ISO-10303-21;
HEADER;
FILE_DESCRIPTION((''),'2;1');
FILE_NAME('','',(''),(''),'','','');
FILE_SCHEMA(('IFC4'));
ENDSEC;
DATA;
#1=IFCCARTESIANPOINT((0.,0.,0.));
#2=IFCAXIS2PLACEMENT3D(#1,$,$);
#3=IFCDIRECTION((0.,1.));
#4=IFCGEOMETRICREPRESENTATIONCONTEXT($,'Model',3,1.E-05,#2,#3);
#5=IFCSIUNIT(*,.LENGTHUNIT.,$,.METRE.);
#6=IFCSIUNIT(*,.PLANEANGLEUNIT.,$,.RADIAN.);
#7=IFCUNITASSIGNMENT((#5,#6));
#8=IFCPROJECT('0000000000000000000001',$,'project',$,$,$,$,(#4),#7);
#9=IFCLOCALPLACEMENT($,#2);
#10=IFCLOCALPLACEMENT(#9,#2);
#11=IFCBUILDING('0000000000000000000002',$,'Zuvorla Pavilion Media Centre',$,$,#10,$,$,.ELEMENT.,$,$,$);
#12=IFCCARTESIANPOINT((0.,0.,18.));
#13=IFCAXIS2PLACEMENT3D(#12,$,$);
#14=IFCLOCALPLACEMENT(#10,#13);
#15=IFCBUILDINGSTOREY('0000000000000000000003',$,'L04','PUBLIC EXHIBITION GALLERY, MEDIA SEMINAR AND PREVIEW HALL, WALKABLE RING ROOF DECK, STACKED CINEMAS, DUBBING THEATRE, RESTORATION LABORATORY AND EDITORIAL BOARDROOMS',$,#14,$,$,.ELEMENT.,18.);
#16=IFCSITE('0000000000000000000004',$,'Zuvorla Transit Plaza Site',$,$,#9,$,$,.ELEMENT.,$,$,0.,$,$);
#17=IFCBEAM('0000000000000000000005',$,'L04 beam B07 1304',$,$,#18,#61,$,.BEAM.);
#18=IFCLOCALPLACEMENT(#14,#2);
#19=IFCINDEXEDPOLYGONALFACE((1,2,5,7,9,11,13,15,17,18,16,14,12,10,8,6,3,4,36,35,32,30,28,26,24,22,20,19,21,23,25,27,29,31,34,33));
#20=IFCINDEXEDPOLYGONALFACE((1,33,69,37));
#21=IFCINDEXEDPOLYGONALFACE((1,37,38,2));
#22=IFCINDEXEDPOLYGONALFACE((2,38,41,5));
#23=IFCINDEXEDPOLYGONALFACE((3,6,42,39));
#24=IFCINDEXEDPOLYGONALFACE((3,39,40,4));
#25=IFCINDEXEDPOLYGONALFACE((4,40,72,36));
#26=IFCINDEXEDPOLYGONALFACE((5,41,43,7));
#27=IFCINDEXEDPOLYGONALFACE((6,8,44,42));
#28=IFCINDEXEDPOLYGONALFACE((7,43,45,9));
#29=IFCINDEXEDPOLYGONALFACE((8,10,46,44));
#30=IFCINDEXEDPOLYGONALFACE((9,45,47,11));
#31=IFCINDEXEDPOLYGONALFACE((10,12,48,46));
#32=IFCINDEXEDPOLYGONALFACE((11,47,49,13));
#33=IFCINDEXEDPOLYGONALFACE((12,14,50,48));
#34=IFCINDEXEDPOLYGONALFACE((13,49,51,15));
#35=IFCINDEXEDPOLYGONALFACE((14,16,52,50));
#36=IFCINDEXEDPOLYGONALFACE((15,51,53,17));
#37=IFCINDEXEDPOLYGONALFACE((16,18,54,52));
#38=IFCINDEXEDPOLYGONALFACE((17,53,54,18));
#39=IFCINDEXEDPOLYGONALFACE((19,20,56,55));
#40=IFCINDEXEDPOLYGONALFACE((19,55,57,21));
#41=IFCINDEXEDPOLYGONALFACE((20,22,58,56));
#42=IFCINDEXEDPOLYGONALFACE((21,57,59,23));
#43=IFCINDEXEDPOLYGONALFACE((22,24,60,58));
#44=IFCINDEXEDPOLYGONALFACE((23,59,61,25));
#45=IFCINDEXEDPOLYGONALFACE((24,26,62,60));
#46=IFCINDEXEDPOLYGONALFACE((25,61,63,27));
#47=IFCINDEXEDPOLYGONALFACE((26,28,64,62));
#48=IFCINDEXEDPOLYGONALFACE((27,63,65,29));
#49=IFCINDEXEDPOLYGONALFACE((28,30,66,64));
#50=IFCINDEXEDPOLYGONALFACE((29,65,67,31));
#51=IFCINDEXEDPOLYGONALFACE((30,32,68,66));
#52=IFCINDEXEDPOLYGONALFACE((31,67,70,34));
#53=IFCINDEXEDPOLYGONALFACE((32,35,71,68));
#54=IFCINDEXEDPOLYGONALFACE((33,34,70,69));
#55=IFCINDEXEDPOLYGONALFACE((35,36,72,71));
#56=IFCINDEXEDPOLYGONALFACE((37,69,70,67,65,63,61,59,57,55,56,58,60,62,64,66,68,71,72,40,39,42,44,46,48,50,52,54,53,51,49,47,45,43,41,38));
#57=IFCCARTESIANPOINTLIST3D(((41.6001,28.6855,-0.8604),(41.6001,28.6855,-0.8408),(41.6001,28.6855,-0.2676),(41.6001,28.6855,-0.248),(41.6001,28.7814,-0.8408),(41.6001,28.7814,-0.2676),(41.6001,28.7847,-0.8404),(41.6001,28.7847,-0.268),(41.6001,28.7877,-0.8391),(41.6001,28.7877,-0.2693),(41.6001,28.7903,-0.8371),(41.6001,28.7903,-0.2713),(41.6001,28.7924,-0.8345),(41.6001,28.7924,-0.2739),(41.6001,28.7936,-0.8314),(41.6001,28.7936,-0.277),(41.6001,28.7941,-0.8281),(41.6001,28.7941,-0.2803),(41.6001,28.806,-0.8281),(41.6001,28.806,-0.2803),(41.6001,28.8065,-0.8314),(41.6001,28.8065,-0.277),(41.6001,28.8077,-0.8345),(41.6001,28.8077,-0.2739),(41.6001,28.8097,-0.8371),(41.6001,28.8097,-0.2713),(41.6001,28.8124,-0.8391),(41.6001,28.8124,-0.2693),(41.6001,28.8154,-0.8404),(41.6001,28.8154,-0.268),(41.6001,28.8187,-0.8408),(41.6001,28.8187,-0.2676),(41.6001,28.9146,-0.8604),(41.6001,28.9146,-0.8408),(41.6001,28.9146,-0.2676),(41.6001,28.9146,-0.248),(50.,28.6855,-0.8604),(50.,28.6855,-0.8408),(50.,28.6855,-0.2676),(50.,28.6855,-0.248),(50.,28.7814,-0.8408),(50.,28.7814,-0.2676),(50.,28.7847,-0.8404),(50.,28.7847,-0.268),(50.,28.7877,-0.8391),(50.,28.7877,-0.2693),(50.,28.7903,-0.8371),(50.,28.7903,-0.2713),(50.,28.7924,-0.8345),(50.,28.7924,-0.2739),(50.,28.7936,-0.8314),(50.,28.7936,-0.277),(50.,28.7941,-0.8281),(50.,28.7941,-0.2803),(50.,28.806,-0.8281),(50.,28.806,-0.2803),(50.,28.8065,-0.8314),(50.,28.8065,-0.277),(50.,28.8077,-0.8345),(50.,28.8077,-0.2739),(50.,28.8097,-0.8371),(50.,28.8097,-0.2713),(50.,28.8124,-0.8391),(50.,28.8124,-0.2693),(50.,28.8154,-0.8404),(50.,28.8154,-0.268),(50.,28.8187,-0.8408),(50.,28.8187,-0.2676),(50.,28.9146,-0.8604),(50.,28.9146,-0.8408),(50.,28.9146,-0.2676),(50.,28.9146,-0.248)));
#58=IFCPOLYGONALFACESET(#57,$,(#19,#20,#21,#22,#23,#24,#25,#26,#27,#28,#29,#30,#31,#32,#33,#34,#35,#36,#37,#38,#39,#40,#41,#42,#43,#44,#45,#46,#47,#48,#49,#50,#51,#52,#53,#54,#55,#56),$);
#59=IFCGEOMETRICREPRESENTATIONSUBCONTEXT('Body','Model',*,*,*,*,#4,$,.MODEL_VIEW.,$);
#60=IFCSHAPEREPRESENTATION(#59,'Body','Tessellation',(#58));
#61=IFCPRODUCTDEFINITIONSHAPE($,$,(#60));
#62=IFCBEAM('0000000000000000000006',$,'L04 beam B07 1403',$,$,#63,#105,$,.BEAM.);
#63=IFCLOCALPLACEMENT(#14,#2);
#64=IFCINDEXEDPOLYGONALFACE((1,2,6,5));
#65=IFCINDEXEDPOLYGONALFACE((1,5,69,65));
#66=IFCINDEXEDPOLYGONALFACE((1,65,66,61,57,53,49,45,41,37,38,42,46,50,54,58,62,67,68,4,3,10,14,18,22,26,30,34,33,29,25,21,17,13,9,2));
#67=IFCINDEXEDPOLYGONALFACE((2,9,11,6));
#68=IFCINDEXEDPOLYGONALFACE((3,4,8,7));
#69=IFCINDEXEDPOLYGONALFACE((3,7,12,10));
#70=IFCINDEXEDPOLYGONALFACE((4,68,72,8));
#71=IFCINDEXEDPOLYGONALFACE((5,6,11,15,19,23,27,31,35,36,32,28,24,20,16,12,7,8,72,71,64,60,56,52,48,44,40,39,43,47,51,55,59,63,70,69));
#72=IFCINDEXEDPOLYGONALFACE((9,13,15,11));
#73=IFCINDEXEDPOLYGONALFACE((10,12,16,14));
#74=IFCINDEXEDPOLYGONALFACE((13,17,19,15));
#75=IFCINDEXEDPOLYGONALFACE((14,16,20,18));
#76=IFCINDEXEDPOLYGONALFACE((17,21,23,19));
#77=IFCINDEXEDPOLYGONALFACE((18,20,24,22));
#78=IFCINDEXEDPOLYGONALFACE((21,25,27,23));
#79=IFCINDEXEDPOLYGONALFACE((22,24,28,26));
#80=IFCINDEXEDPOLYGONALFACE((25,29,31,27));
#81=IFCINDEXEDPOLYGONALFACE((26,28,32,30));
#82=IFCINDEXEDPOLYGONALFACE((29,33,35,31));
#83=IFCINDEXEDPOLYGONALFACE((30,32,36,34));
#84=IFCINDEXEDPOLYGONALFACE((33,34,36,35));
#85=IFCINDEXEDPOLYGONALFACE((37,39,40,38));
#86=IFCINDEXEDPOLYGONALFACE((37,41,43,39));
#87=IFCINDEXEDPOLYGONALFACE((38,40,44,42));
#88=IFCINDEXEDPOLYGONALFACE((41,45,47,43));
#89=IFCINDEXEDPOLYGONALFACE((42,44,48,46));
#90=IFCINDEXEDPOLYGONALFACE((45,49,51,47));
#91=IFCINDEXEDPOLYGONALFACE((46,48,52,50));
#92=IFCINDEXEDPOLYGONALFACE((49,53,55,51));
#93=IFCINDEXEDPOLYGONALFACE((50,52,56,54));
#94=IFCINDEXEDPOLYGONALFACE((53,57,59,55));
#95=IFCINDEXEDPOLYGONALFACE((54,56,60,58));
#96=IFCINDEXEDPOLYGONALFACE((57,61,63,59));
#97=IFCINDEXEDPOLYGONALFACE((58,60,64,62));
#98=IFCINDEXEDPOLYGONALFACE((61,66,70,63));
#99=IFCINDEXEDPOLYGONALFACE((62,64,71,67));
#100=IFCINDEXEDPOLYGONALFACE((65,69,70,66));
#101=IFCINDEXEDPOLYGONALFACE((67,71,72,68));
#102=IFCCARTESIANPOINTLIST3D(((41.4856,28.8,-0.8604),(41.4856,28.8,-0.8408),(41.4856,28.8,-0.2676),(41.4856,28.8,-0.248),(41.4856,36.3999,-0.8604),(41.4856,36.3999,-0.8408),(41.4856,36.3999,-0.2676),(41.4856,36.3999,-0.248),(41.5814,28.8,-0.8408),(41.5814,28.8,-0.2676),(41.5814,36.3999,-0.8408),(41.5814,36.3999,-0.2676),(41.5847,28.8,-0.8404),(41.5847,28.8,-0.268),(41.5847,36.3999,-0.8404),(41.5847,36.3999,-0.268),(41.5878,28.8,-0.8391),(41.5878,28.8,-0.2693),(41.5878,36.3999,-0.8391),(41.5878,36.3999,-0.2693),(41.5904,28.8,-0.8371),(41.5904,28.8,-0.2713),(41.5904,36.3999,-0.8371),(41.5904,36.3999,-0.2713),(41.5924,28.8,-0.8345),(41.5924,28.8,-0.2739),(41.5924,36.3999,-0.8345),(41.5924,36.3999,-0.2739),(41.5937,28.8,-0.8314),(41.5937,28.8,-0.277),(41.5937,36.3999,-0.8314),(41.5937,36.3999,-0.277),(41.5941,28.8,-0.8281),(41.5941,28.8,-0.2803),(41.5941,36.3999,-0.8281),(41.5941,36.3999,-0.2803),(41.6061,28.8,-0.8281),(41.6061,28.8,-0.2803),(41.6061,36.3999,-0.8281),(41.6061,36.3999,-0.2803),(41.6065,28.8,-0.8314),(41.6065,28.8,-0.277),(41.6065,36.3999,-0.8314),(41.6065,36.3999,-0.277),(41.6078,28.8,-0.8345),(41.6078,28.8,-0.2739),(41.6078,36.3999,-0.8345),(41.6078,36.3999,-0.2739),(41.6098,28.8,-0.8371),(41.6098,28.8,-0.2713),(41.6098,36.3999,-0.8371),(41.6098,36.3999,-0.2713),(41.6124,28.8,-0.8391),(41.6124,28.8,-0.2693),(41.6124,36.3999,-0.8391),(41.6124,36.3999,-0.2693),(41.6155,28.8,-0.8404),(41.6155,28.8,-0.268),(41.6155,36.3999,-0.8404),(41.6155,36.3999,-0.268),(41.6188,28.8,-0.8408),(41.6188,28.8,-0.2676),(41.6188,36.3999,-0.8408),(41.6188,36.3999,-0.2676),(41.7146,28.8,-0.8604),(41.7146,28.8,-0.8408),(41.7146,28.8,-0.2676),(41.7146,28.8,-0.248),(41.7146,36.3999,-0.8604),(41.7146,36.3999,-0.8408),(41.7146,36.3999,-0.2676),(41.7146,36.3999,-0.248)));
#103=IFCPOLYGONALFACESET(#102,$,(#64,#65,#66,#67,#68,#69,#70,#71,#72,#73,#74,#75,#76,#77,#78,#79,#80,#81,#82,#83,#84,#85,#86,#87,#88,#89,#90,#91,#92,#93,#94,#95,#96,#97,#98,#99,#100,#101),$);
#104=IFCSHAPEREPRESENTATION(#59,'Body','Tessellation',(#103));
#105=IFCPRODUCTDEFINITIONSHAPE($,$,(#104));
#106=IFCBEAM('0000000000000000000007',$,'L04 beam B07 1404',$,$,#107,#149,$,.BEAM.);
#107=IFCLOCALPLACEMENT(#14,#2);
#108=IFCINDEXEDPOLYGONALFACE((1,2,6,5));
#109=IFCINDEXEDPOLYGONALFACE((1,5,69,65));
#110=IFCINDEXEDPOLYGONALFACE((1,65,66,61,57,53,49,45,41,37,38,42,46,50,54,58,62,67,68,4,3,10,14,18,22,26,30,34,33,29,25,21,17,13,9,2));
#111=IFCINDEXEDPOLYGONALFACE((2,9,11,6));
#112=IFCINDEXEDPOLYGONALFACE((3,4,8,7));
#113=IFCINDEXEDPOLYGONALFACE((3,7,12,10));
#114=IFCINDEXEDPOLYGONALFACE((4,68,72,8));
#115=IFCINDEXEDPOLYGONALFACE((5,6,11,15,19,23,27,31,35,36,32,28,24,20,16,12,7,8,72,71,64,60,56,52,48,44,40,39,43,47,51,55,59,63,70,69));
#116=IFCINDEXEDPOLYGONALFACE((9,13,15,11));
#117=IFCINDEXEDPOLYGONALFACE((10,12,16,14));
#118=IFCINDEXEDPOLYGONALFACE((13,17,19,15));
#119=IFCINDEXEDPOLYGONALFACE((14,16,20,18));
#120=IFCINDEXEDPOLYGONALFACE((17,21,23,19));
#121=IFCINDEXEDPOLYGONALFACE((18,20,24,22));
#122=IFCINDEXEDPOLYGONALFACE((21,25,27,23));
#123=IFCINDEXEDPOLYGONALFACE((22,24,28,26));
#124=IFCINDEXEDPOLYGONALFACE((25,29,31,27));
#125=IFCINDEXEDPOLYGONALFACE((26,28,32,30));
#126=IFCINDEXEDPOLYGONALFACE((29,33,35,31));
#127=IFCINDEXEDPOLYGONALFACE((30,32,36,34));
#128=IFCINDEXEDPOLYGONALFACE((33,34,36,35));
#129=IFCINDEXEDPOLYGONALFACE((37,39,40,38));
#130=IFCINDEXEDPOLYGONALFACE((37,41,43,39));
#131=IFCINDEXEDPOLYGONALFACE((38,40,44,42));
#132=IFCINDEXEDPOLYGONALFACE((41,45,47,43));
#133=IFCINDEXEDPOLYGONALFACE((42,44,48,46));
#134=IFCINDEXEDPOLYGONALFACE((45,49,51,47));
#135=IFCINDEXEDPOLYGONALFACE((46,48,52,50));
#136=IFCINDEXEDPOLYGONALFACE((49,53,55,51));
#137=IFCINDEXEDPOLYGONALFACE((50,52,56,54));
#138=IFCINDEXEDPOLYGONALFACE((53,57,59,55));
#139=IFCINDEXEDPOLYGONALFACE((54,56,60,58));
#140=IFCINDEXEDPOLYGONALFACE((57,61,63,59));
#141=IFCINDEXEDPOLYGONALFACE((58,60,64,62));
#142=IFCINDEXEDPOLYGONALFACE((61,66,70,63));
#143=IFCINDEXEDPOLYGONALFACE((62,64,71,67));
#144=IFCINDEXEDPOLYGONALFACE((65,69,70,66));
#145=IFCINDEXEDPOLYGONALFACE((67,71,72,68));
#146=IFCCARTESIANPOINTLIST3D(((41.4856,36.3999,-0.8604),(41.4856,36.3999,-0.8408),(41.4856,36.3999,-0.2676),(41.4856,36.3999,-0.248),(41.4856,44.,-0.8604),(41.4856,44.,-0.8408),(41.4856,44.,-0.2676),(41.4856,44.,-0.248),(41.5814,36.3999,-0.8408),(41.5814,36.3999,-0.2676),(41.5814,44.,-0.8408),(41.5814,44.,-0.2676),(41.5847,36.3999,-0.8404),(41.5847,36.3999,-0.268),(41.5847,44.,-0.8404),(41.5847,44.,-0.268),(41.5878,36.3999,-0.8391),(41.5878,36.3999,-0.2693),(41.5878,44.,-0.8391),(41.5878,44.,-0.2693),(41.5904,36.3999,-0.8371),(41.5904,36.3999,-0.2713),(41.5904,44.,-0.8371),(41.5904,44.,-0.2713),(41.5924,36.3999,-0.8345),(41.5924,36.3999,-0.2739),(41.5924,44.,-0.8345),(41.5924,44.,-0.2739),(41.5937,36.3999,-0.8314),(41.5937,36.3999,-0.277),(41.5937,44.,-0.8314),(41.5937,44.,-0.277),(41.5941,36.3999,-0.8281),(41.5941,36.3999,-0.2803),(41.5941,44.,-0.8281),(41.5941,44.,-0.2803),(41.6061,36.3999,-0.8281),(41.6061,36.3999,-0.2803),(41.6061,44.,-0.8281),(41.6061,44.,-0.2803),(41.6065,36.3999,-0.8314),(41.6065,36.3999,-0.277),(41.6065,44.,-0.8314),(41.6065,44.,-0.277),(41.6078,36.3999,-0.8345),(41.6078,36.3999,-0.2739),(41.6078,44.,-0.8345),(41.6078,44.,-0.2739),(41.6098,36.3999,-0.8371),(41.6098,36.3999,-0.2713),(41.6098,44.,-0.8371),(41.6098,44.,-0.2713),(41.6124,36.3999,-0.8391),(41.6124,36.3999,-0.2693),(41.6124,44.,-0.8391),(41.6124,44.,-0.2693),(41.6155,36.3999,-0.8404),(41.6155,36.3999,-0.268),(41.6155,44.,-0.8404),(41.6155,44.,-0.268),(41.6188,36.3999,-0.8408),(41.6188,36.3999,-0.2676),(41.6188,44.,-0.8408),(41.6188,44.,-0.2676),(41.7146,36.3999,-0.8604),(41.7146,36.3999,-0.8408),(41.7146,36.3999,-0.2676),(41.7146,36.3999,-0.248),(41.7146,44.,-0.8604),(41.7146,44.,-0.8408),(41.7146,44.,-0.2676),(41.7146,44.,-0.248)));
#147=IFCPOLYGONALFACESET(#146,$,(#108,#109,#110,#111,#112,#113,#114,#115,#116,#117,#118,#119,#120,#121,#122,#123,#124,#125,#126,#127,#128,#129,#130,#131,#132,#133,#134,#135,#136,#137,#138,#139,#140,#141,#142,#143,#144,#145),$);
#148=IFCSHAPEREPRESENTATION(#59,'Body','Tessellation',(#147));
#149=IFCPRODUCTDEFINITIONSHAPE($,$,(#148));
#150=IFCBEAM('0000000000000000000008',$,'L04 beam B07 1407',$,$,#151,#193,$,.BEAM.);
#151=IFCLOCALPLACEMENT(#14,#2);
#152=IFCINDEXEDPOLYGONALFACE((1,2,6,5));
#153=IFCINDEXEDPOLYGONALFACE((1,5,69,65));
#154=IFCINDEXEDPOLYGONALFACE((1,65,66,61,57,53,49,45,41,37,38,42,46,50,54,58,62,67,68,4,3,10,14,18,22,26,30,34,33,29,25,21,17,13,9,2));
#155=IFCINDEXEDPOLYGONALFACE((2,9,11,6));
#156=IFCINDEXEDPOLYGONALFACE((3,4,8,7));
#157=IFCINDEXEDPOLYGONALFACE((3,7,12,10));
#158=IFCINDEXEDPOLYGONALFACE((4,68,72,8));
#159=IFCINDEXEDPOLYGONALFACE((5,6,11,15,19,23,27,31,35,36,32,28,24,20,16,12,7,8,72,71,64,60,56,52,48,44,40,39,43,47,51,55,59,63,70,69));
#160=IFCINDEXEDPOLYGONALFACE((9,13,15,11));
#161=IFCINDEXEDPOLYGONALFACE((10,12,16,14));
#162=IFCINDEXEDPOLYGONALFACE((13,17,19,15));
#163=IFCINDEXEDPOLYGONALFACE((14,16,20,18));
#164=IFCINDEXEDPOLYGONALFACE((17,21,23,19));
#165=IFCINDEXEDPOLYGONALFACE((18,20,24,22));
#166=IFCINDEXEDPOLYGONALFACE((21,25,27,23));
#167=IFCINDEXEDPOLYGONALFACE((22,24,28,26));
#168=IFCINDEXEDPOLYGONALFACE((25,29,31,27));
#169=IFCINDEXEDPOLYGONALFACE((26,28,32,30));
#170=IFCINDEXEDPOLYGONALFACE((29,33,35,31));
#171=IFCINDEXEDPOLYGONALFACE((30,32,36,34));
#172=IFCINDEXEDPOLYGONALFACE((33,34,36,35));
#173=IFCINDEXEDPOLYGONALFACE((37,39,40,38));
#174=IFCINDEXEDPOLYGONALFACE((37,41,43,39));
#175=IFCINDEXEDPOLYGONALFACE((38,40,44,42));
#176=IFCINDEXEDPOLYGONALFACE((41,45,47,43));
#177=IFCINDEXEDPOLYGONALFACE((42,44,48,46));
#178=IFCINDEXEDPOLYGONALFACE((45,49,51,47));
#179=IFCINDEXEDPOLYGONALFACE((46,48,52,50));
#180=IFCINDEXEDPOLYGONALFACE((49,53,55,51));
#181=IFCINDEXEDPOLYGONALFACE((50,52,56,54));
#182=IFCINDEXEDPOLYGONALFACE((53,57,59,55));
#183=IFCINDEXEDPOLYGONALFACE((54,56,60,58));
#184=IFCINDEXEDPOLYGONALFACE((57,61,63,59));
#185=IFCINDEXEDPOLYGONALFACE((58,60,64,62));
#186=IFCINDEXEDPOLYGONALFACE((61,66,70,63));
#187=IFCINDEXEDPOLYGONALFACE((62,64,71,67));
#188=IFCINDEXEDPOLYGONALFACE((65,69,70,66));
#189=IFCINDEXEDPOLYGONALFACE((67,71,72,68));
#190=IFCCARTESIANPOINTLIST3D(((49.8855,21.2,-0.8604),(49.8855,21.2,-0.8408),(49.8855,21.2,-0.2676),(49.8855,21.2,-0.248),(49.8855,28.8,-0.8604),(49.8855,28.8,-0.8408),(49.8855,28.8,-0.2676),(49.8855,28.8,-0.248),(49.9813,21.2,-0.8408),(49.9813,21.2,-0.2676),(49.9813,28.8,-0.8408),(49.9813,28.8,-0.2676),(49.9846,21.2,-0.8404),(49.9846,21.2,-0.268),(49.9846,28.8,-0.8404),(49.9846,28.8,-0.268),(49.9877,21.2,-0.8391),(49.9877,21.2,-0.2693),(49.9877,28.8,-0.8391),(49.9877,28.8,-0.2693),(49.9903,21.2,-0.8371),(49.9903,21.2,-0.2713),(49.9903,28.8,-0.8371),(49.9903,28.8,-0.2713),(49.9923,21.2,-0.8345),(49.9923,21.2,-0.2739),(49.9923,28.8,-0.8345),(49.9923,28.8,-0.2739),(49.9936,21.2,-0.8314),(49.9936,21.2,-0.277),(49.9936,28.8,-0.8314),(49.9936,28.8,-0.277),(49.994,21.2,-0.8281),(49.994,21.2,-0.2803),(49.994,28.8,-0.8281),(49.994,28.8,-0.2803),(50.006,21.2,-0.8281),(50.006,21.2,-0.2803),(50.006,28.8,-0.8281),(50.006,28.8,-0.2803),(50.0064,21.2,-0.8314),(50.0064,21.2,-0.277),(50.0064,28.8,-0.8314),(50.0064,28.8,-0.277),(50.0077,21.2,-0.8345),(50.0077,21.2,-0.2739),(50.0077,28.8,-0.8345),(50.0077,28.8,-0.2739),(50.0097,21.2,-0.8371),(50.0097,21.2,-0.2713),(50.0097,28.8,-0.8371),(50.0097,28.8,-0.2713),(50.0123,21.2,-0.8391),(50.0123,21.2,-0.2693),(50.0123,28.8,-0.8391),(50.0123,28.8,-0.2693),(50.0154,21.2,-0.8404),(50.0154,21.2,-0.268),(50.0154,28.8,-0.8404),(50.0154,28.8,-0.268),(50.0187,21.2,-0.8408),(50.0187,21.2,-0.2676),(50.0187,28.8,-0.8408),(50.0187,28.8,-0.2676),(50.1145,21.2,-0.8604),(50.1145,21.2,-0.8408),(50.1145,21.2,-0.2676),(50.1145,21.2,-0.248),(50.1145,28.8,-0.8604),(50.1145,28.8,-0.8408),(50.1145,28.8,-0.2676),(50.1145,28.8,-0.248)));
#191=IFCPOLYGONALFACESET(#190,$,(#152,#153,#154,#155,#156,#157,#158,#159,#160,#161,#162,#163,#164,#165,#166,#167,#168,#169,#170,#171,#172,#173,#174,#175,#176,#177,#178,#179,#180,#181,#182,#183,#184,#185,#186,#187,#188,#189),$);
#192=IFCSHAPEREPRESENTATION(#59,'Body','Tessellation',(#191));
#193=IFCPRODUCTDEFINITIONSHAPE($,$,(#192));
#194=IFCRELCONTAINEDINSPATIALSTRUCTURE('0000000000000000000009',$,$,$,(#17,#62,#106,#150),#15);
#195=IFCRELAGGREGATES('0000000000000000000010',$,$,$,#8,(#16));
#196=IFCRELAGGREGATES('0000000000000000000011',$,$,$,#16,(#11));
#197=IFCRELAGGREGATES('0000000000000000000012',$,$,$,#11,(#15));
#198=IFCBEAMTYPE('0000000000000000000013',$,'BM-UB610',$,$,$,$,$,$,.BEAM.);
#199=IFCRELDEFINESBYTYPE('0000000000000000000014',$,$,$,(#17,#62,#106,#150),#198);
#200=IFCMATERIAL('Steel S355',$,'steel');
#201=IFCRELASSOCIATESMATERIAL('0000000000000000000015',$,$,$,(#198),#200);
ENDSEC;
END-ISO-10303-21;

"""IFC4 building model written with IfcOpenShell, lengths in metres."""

from ifc_helpers import new_model, si_unit, direction, frame, origin, origin_2d, place, context, subcontext, project, spatial, i_section, extrude, material, material_profile, profile_set, type_object, element, save


model = new_model("IFC4")

# Units and contexts
model_context = context("Model", 3, precision=1e-05, world=origin(), true_north=direction((0.0, 1.0)))
body_context = subcontext(model_context, "Body", "Model", "MODEL_VIEW")
ifc_project = project(units=[si_unit("LENGTHUNIT", "METRE"), si_unit("PLANEANGLEUNIT", "RADIAN")], contexts=[model_context])

# Site, building, storey
site_placement = place(None, origin())
site = spatial("IfcSite", under=ifc_project, at=site_placement, Name="Zuvorla Transit Plaza Site", CompositionType="ELEMENT", RefElevation=0.0)
building_placement = place(site_placement, origin())
building = spatial("IfcBuilding", under=site, at=building_placement, Name="Zuvorla Pavilion Media Centre", CompositionType="ELEMENT")
storey_placement = place(building_placement, frame((0.0, 0.0, 18.0)))
storey = spatial("IfcBuildingStorey", under=building, at=storey_placement, Name="L04", Description="PUBLIC EXHIBITION GALLERY, MEDIA SEMINAR AND PREVIEW HALL, WALKABLE RING ROOF DECK, STACKED CINEMAS, DUBBING THEATRE, RESTORATION LABORATORY AND EDITORIAL BOARDROOMS", CompositionType="ELEMENT", Elevation=18.0)

# Beams
ifc_material_1 = material(Name="Steel S355", Category="steel")
ifc_material_profile_1 = material_profile(ifc_material_1, i_section(OverallWidth=0.229, OverallDepth=0.6123, WebThickness=0.012, FlangeThickness=0.0195, FilletRadius=0.0127, at=origin_2d()), Name="UB 610x229x125")
ifc_profile_set_1 = profile_set([ifc_material_profile_1], Name="Steel S355")
beam_type_1 = type_object("IfcBeamType", Name="BM-UB610", PredefinedType="BEAM", material=ifc_profile_set_1)
beam_1_placement = place(storey_placement, frame((41.6001, 28.8, -0.5542), z_axis=(1.0, 0.0, 0.0), x_axis=(0.0, 1.0, 0.0)))
element("IfcBeam", 1, at=beam_1_placement, inside=storey, type_object=beam_type_1, Name="L04 beam B07 1304", PredefinedType="BEAM", context=body_context, shape_type="SweptSolid", body=[
    extrude(i_section(OverallWidth=0.229, OverallDepth=0.6123, WebThickness=0.012, FlangeThickness=0.0195, FilletRadius=0.0127, at=origin_2d()), origin(), (0.0, 0.0, 1.0), 8.3999),
])
beam_2_placement = place(storey_placement, frame((41.6001, 28.8, -0.5542), z_axis=(0.0, 1.0, 0.0), x_axis=(-1.0, 0.0, 0.0)))
element("IfcBeam", 2, at=beam_2_placement, inside=storey, type_object=beam_type_1, Name="L04 beam B07 1403", PredefinedType="BEAM", context=body_context, shape_type="SweptSolid", body=[
    extrude(i_section(OverallWidth=0.229, OverallDepth=0.6123, WebThickness=0.012, FlangeThickness=0.0195, FilletRadius=0.0127, at=origin_2d()), origin(), (0.0, 0.0, 1.0), 7.5999),
])
for number, where, z_axis, x_axis, name in (
    (3, (41.6001, 36.3999, -0.5542), (0.0, 1.0, 0.0), (-1.0, 0.0, 0.0), "L04 beam B07 1404"),
    (4, (50.0, 21.2, -0.5542), (0.0, 1.0, 0.0), (-1.0, 0.0, 0.0), "L04 beam B07 1407"),
):
    element("IfcBeam", number, at=place(storey_placement, frame(where, z_axis=z_axis, x_axis=x_axis)), inside=storey, type_object=beam_type_1, Name=name, PredefinedType="BEAM", context=body_context, shape_type="SweptSolid", body=[
        extrude(i_section(OverallWidth=0.229, OverallDepth=0.6123, WebThickness=0.012, FlangeThickness=0.0195, FilletRadius=0.0127, at=origin_2d()), origin(), (0.0, 0.0, 1.0), 7.6001),
    ])

save(model, "model.ifc")
